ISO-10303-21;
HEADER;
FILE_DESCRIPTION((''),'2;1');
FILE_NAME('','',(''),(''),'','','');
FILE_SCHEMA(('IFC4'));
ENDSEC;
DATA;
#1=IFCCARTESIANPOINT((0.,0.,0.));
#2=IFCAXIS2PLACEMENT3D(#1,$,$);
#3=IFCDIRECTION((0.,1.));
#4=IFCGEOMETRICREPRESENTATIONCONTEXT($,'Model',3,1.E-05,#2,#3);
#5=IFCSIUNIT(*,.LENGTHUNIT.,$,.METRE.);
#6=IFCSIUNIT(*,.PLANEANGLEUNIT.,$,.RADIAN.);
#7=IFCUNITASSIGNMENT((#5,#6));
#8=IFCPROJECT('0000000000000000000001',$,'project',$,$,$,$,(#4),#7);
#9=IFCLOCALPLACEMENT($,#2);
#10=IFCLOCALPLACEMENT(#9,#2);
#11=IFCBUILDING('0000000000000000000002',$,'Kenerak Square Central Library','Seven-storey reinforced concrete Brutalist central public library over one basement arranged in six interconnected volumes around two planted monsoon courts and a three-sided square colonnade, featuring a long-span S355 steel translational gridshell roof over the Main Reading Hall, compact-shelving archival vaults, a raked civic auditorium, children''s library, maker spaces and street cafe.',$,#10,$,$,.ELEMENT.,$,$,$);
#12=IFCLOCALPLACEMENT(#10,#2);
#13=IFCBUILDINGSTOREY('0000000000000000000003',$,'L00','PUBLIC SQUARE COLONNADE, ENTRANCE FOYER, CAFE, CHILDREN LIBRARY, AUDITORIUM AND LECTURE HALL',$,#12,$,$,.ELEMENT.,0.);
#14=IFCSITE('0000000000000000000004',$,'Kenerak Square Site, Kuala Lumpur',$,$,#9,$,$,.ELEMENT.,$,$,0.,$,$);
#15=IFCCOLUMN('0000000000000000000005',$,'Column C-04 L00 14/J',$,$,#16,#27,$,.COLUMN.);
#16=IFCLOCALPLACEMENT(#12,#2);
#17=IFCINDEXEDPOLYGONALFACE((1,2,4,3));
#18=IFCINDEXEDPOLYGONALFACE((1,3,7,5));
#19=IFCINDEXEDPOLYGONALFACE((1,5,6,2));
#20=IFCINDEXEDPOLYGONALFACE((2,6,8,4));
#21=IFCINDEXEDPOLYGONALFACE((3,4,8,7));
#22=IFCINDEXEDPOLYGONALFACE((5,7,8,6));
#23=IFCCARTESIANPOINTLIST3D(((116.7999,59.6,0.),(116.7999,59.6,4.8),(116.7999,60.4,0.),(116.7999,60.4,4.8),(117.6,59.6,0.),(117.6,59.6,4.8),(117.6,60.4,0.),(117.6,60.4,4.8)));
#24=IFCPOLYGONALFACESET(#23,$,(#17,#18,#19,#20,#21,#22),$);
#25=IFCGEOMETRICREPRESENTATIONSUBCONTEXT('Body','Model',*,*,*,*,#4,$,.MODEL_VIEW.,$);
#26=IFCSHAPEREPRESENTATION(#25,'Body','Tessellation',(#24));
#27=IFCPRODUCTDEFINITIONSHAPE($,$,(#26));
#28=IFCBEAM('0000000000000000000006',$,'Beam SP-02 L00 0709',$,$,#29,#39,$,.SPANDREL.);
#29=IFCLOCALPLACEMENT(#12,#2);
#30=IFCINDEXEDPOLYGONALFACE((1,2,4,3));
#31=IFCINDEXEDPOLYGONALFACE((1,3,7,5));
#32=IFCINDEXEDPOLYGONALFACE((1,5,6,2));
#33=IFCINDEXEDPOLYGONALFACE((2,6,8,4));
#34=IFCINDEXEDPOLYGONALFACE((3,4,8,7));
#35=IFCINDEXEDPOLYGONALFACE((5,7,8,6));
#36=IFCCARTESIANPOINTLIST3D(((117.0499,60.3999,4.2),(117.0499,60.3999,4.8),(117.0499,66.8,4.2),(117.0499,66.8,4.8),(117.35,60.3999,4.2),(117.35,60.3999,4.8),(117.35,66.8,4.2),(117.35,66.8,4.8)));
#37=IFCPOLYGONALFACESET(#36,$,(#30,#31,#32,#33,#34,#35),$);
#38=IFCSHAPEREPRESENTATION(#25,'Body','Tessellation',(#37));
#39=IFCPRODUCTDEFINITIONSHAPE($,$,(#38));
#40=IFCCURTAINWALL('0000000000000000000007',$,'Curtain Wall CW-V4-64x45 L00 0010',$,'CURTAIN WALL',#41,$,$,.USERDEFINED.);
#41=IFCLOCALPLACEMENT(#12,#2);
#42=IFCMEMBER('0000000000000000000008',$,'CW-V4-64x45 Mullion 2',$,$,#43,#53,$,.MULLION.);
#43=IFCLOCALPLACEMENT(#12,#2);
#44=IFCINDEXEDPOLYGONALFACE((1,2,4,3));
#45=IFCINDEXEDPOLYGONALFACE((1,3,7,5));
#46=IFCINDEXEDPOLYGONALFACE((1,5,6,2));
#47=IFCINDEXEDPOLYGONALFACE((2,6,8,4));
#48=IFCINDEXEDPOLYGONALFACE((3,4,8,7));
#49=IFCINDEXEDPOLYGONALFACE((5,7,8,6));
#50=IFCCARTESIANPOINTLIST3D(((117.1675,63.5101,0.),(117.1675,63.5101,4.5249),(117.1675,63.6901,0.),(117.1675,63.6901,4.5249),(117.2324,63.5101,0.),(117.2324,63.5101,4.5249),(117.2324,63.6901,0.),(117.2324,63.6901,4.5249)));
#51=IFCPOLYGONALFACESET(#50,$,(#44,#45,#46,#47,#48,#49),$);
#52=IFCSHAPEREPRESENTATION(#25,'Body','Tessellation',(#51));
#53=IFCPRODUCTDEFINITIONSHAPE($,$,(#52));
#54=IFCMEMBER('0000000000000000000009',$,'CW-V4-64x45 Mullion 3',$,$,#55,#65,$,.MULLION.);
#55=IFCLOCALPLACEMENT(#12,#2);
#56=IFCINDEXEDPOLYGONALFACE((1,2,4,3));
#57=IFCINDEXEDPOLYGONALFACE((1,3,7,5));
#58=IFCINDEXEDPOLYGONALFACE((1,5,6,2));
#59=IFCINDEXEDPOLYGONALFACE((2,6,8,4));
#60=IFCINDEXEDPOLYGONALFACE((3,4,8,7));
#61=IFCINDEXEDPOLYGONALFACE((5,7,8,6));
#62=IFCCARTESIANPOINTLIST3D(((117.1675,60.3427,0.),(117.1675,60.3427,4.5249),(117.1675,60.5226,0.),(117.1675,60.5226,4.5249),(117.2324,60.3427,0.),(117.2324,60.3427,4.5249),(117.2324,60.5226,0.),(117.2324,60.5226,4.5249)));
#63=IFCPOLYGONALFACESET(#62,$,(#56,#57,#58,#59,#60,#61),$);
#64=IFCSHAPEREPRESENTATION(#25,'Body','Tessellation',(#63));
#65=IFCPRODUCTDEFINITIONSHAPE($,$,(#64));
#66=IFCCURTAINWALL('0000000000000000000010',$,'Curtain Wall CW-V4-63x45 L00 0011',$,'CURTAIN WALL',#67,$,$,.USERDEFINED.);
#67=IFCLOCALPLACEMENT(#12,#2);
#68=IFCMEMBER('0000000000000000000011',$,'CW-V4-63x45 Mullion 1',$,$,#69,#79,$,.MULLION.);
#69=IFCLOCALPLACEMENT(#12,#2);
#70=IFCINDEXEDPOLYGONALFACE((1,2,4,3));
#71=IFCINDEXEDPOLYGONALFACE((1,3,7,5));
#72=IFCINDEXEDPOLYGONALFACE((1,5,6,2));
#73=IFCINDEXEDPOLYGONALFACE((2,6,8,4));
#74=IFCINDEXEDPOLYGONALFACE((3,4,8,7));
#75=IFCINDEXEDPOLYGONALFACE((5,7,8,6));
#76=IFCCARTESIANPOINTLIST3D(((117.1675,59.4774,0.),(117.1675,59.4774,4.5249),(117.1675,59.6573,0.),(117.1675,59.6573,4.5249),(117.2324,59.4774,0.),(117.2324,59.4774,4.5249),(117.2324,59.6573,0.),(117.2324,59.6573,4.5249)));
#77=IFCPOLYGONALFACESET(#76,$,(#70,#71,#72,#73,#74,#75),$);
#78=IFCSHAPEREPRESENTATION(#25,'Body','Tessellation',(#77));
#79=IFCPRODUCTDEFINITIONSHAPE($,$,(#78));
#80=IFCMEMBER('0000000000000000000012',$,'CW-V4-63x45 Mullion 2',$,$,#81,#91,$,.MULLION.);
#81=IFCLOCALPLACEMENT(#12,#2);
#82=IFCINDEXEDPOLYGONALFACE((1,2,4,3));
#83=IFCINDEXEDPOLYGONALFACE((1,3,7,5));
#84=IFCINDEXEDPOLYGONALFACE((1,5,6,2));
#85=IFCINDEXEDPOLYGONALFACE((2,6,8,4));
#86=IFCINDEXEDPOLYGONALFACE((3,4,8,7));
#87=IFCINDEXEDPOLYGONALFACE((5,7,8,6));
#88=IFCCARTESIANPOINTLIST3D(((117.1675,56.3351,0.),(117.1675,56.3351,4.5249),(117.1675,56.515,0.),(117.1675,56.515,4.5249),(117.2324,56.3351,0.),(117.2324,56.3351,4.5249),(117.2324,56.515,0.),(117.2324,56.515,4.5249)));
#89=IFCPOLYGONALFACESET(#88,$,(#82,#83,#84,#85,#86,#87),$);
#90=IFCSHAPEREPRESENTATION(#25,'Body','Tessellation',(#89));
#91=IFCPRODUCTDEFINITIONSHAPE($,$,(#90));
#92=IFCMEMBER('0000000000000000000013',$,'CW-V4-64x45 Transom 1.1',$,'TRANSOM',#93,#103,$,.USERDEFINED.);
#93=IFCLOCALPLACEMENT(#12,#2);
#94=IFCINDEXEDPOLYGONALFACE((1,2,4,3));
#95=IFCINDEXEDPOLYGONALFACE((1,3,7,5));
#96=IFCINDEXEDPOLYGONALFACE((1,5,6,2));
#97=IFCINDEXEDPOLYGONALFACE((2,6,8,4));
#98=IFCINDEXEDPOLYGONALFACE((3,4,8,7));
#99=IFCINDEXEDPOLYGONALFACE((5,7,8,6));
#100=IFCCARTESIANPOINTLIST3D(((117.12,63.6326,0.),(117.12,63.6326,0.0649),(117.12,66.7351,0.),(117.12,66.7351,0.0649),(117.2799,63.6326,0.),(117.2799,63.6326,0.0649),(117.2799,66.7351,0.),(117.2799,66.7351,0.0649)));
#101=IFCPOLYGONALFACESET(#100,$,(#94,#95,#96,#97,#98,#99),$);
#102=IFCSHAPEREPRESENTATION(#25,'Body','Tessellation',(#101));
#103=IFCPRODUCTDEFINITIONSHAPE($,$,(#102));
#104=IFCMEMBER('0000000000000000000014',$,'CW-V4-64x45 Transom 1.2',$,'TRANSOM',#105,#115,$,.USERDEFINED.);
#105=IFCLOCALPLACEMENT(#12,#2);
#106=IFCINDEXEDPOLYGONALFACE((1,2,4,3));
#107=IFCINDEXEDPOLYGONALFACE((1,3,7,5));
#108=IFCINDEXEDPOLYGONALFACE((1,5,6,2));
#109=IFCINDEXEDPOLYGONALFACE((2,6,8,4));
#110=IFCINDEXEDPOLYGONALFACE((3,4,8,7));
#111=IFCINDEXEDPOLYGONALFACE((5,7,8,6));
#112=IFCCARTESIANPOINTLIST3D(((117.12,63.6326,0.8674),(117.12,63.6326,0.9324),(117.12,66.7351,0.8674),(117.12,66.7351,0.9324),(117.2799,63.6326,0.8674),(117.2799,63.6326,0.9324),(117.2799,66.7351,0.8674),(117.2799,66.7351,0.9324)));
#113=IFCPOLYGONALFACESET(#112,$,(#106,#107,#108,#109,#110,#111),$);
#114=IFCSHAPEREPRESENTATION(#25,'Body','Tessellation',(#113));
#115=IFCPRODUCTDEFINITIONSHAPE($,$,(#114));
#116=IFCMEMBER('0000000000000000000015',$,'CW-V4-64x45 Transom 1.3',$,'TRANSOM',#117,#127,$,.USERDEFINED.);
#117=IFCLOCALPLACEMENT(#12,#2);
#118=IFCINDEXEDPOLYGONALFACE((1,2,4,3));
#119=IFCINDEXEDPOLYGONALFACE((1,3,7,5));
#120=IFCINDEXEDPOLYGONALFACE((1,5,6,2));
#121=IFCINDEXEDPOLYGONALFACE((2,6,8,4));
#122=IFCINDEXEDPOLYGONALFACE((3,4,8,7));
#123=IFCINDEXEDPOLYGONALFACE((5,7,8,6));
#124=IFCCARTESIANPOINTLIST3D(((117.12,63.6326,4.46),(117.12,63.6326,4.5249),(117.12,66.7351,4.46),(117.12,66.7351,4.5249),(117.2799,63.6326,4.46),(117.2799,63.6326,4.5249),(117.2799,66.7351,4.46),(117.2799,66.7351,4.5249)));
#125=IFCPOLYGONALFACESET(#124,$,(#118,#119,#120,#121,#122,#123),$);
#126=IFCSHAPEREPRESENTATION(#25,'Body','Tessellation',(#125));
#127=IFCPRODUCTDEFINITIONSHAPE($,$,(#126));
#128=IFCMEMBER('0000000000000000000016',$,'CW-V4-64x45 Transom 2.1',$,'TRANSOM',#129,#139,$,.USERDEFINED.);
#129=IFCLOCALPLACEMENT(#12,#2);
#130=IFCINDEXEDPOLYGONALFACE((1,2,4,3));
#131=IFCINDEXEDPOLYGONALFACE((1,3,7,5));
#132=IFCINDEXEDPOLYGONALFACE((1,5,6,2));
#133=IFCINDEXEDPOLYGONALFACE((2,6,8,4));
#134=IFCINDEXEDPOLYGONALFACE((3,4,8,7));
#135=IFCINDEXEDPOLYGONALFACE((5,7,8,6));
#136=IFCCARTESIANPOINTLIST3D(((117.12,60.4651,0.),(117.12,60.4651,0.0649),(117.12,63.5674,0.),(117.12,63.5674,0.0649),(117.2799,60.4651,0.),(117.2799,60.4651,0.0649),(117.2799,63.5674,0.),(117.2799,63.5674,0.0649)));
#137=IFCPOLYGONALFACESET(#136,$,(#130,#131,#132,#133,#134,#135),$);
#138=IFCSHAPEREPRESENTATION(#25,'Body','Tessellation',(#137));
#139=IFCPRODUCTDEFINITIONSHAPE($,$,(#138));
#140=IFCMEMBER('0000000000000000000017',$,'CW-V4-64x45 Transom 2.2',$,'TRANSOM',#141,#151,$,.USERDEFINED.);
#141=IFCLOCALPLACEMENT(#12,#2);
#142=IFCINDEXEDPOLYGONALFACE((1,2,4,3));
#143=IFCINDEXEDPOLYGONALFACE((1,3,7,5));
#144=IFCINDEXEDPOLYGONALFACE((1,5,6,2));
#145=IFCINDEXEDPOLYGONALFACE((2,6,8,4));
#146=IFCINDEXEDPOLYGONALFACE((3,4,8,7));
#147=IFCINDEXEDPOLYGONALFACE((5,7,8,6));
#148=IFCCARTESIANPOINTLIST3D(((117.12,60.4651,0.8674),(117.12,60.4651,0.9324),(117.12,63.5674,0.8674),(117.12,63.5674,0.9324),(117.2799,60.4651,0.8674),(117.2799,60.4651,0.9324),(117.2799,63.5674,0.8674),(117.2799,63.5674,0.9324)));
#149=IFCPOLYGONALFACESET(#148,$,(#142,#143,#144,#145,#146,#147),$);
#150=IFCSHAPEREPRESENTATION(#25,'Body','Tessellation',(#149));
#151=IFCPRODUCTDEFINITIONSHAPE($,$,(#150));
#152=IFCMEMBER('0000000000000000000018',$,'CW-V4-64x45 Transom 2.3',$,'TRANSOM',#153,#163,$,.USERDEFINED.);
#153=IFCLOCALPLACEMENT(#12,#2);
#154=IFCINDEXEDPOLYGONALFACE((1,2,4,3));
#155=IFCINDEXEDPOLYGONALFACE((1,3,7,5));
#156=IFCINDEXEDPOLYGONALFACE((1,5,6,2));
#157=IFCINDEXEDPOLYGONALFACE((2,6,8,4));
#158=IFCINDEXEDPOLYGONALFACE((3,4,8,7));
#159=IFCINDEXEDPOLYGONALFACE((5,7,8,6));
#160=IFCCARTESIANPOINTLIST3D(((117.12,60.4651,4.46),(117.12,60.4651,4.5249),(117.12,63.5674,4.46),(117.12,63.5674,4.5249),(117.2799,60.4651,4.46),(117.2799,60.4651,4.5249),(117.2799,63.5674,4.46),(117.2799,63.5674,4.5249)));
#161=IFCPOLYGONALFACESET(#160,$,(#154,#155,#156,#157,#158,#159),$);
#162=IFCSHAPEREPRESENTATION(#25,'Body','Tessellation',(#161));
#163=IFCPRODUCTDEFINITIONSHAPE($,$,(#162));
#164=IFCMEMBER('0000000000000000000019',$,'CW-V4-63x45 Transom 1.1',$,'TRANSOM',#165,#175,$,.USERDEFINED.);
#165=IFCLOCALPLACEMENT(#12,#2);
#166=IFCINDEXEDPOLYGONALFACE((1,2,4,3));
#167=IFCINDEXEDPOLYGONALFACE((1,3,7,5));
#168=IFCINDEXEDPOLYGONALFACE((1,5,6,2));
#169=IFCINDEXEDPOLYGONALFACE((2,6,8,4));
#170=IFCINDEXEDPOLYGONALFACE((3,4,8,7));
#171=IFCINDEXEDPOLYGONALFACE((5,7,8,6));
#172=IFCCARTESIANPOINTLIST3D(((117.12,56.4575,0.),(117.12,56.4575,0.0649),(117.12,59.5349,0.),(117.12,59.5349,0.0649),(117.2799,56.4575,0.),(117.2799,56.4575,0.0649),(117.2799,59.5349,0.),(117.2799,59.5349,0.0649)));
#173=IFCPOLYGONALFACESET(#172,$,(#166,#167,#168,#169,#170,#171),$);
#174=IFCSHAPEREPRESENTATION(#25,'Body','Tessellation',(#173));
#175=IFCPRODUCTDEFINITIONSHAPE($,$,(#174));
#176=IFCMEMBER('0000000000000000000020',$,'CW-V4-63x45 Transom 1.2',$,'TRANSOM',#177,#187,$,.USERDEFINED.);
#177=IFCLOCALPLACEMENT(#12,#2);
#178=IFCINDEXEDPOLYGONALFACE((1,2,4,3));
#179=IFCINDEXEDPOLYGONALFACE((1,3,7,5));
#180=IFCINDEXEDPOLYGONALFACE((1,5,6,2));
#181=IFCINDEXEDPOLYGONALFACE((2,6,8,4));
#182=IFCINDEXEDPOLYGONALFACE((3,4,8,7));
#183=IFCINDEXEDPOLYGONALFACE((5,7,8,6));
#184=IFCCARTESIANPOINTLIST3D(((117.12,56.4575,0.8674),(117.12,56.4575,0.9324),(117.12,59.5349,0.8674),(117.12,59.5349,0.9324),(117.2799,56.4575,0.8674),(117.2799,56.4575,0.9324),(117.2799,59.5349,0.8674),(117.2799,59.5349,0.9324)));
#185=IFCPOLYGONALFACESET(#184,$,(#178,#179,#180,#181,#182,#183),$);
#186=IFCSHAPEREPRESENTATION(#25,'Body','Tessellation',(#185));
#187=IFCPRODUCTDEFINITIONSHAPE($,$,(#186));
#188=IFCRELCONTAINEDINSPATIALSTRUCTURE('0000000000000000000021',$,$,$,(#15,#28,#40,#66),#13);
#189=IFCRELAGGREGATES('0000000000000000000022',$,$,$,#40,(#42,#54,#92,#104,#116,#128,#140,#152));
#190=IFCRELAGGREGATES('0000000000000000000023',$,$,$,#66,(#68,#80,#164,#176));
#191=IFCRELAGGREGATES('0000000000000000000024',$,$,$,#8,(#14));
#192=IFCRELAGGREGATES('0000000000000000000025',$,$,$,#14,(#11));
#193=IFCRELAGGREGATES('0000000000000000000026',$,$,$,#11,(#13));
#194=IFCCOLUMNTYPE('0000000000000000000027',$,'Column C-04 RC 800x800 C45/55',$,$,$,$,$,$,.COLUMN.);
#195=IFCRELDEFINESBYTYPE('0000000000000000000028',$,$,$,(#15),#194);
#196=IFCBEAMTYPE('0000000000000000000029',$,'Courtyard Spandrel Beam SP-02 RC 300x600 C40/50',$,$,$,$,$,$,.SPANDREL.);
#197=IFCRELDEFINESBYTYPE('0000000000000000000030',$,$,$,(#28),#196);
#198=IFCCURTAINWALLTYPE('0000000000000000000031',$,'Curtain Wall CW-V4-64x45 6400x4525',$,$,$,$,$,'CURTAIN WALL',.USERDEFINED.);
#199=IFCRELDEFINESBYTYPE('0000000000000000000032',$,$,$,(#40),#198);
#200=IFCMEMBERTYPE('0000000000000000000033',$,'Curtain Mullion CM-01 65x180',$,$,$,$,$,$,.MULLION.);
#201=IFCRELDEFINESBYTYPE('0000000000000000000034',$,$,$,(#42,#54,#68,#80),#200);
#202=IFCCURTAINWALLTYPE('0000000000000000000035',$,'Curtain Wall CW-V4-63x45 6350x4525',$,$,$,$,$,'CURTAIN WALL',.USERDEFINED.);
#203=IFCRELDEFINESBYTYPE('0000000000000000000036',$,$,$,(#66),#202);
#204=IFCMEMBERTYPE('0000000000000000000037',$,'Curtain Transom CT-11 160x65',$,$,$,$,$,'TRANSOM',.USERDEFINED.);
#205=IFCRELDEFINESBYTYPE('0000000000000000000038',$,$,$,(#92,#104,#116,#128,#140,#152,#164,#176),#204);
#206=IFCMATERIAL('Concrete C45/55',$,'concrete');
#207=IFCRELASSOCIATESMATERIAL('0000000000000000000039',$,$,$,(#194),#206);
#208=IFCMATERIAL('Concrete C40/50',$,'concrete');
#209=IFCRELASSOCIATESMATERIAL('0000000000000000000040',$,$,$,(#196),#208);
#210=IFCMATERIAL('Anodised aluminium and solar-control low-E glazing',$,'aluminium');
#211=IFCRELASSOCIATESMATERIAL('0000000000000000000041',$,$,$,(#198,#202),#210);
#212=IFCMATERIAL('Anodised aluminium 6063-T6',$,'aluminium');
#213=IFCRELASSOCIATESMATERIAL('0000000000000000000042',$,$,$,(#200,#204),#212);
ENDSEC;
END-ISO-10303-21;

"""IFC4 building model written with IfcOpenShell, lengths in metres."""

from ifc_helpers import new_model, si_unit, direction, frame, origin, origin_2d, place, context, subcontext, project, spatial, rectangle, extrude, material, material_profile, profile_set, type_object, element, aggregate, save


model = new_model("IFC4")

# Units and contexts
model_context = context("Model", 3, precision=1e-05, world=origin(), true_north=direction((0.0, 1.0)))
body_context = subcontext(model_context, "Body", "Model", "MODEL_VIEW")
ifc_project = project(units=[si_unit("LENGTHUNIT", "METRE"), si_unit("PLANEANGLEUNIT", "RADIAN")], contexts=[model_context])

# Site, building, storey
site_placement = place(None, origin())
site = spatial("IfcSite", under=ifc_project, at=site_placement, Name="Kenerak Square Site, Kuala Lumpur", CompositionType="ELEMENT", RefElevation=0.0)
building_placement = place(site_placement, origin())
building = spatial("IfcBuilding", under=site, at=building_placement, Name="Kenerak Square Central Library", Description="Seven-storey reinforced concrete Brutalist central public library over one basement arranged in six interconnected volumes around two planted monsoon courts and a three-sided square colonnade, featuring a long-span S355 steel translational gridshell roof over the Main Reading Hall, compact-shelving archival vaults, a raked civic auditorium, children's library, maker spaces and street cafe.", CompositionType="ELEMENT")
storey_placement = place(building_placement, origin())
storey = spatial("IfcBuildingStorey", under=building, at=storey_placement, Name="L00", Description="PUBLIC SQUARE COLONNADE, ENTRANCE FOYER, CAFE, CHILDREN LIBRARY, AUDITORIUM AND LECTURE HALL", CompositionType="ELEMENT", Elevation=0.0)

# Column
ifc_material_1 = material(Name="Concrete C45/55", Category="concrete")
ifc_material_profile_1 = material_profile(ifc_material_1, rectangle(XDim=0.8, YDim=0.8, at=origin_2d()), Name="RC 800x800")
ifc_profile_set_1 = profile_set([ifc_material_profile_1], Name="Concrete C45/55")
column_type = type_object("IfcColumnType", Name="Column C-04 RC 800x800 C45/55", PredefinedType="COLUMN", material=ifc_profile_set_1)
column_placement = place(storey_placement, frame((117.2, 60.0, 0.0), z_axis=(0.0, 0.0, 1.0), x_axis=(1.0, 0.0, 0.0)))
element("IfcColumn", 1, at=column_placement, inside=storey, type_object=column_type, Name="Column C-04 L00 14/J", PredefinedType="COLUMN", context=body_context, shape_type="SweptSolid", body=[
    extrude(rectangle(XDim=0.8, YDim=0.8, at=origin_2d()), origin(), (0.0, 0.0, 1.0), 4.8),
])

# Beam
ifc_material_2 = material(Name="Concrete C40/50", Category="concrete")
ifc_material_profile_2 = material_profile(ifc_material_2, rectangle(XDim=0.3, YDim=0.6001, at=origin_2d()), Name="RC 300x600")
ifc_profile_set_2 = profile_set([ifc_material_profile_2], Name="Concrete C40/50")
beam_type = type_object("IfcBeamType", Name="Courtyard Spandrel Beam SP-02 RC 300x600 C40/50", PredefinedType="SPANDREL", material=ifc_profile_set_2)
beam_placement = place(storey_placement, frame((117.2, 60.3999, 4.5), z_axis=(0.0, 1.0, 0.0), x_axis=(-1.0, 0.0, 0.0)))
element("IfcBeam", 2, at=beam_placement, inside=storey, type_object=beam_type, Name="Beam SP-02 L00 0709", PredefinedType="SPANDREL", context=body_context, shape_type="SweptSolid", body=[
    extrude(rectangle(XDim=0.3, YDim=0.6001, at=origin_2d()), origin(), (0.0, 0.0, 1.0), 6.4001),
])

# Curtain walls, members
ifc_material_3 = material(Name="Anodised aluminium and solar-control low-E glazing", Category="aluminium")
curtain_wall_type_1 = type_object("IfcCurtainWallType", Name="Curtain Wall CW-V4-64x45 6400x4525", ElementType="CURTAIN WALL", PredefinedType="USERDEFINED", material=ifc_material_3)
curtain_wall_1_placement = place(storey_placement, origin())
curtain_wall_1 = element("IfcCurtainWall", 3, at=curtain_wall_1_placement, inside=storey, type_object=curtain_wall_type_1, Name="Curtain Wall CW-V4-64x45 L00 0010", ObjectType="CURTAIN WALL", PredefinedType="USERDEFINED")
ifc_material_4 = material(Name="Anodised aluminium 6063-T6", Category="aluminium")
ifc_material_profile_3 = material_profile(ifc_material_4, rectangle(XDim=0.0649, YDim=0.1799, at=origin_2d()), Name="AL MULLION 65x180")
ifc_profile_set_3 = profile_set([ifc_material_profile_3], Name="Anodised aluminium 6063-T6")
member_type_1 = type_object("IfcMemberType", Name="Curtain Mullion CM-01 65x180", PredefinedType="MULLION", material=ifc_profile_set_3)
member_1_placement = place(storey_placement, frame((117.2, 63.6001, 0.0), z_axis=(0.0, 0.0, 1.0), x_axis=(1.0, 0.0, 0.0)))
member_1 = element("IfcMember", 4, at=member_1_placement, type_object=member_type_1, Name="CW-V4-64x45 Mullion 2", PredefinedType="MULLION", context=body_context, shape_type="SweptSolid", body=[
    extrude(rectangle(XDim=0.0649, YDim=0.1799, at=origin_2d()), origin(), (0.0, 0.0, 1.0), 4.5249),
])
member_2_placement = place(storey_placement, frame((117.2, 60.4326, 0.0), z_axis=(0.0, 0.0, 1.0), x_axis=(1.0, 0.0, 0.0)))
member_2 = element("IfcMember", 5, at=member_2_placement, type_object=member_type_1, Name="CW-V4-64x45 Mullion 3", PredefinedType="MULLION", context=body_context, shape_type="SweptSolid", body=[
    extrude(rectangle(XDim=0.0649, YDim=0.1799, at=origin_2d()), origin(), (0.0, 0.0, 1.0), 4.5249),
])
curtain_wall_type_2 = type_object("IfcCurtainWallType", Name="Curtain Wall CW-V4-63x45 6350x4525", ElementType="CURTAIN WALL", PredefinedType="USERDEFINED", material=ifc_material_3)
curtain_wall_2_placement = place(storey_placement, origin())
curtain_wall_2 = element("IfcCurtainWall", 6, at=curtain_wall_2_placement, inside=storey, type_object=curtain_wall_type_2, Name="Curtain Wall CW-V4-63x45 L00 0011", ObjectType="CURTAIN WALL", PredefinedType="USERDEFINED")
member_3_placement = place(storey_placement, frame((117.2, 59.5674, 0.0), z_axis=(0.0, 0.0, 1.0), x_axis=(1.0, 0.0, 0.0)))
member_3 = element("IfcMember", 7, at=member_3_placement, type_object=member_type_1, Name="CW-V4-63x45 Mullion 1", PredefinedType="MULLION", context=body_context, shape_type="SweptSolid", body=[
    extrude(rectangle(XDim=0.0649, YDim=0.1799, at=origin_2d()), origin(), (0.0, 0.0, 1.0), 4.5249),
])
member_4_placement = place(storey_placement, frame((117.2, 56.425, 0.0), z_axis=(0.0, 0.0, 1.0), x_axis=(1.0, 0.0, 0.0)))
member_4 = element("IfcMember", 8, at=member_4_placement, type_object=member_type_1, Name="CW-V4-63x45 Mullion 2", PredefinedType="MULLION", context=body_context, shape_type="SweptSolid", body=[
    extrude(rectangle(XDim=0.0649, YDim=0.1799, at=origin_2d()), origin(), (0.0, 0.0, 1.0), 4.5249),
])

# Members
ifc_material_profile_4 = material_profile(ifc_material_4, rectangle(XDim=0.1599, YDim=0.0649, at=origin_2d()), Name="AL TRANSOM 160x65")
ifc_profile_set_4 = profile_set([ifc_material_profile_4], Name="Anodised aluminium 6063-T6")
member_type_2 = type_object("IfcMemberType", Name="Curtain Transom CT-11 160x65", ElementType="TRANSOM", PredefinedType="USERDEFINED", material=ifc_profile_set_4)
member_5_placement = place(storey_placement, frame((117.2, 66.7351, 0.0325), z_axis=(0.0, -1.0, 0.0), x_axis=(1.0, 0.0, 0.0)))
member_5 = element("IfcMember", 9, at=member_5_placement, type_object=member_type_2, Name="CW-V4-64x45 Transom 1.1", ObjectType="TRANSOM", PredefinedType="USERDEFINED", context=body_context, shape_type="SweptSolid", body=[
    extrude(rectangle(XDim=0.1599, YDim=0.0649, at=origin_2d()), origin(), (0.0, 0.0, 1.0), 3.1025),
])
member_6_placement = place(storey_placement, frame((117.2, 66.7351, 0.8999), z_axis=(0.0, -1.0, 0.0), x_axis=(1.0, 0.0, 0.0)))
member_6 = element("IfcMember", 10, at=member_6_placement, type_object=member_type_2, Name="CW-V4-64x45 Transom 1.2", ObjectType="TRANSOM", PredefinedType="USERDEFINED", context=body_context, shape_type="SweptSolid", body=[
    extrude(rectangle(XDim=0.1599, YDim=0.0649, at=origin_2d()), origin(), (0.0, 0.0, 1.0), 3.1025),
])
member_7_placement = place(storey_placement, frame((117.2, 66.7351, 4.4924), z_axis=(0.0, -1.0, 0.0), x_axis=(1.0, 0.0, 0.0)))
member_7 = element("IfcMember", 11, at=member_7_placement, type_object=member_type_2, Name="CW-V4-64x45 Transom 1.3", ObjectType="TRANSOM", PredefinedType="USERDEFINED", context=body_context, shape_type="SweptSolid", body=[
    extrude(rectangle(XDim=0.1599, YDim=0.0649, at=origin_2d()), origin(), (0.0, 0.0, 1.0), 3.1025),
])
member_8_placement = place(storey_placement, frame((117.2, 63.5674, 0.0325), z_axis=(0.0, -1.0, 0.0), x_axis=(1.0, 0.0, 0.0)))
member_8 = element("IfcMember", 12, at=member_8_placement, type_object=member_type_2, Name="CW-V4-64x45 Transom 2.1", ObjectType="TRANSOM", PredefinedType="USERDEFINED", context=body_context, shape_type="SweptSolid", body=[
    extrude(rectangle(XDim=0.1599, YDim=0.0649, at=origin_2d()), origin(), (0.0, 0.0, 1.0), 3.1023),
])
member_9_placement = place(storey_placement, frame((117.2, 63.5674, 0.8999), z_axis=(0.0, -1.0, 0.0), x_axis=(1.0, 0.0, 0.0)))
member_9 = element("IfcMember", 13, at=member_9_placement, type_object=member_type_2, Name="CW-V4-64x45 Transom 2.2", ObjectType="TRANSOM", PredefinedType="USERDEFINED", context=body_context, shape_type="SweptSolid", body=[
    extrude(rectangle(XDim=0.1599, YDim=0.0649, at=origin_2d()), origin(), (0.0, 0.0, 1.0), 3.1023),
])
member_10_placement = place(storey_placement, frame((117.2, 63.5674, 4.4924), z_axis=(0.0, -1.0, 0.0), x_axis=(1.0, 0.0, 0.0)))
member_10 = element("IfcMember", 14, at=member_10_placement, type_object=member_type_2, Name="CW-V4-64x45 Transom 2.3", ObjectType="TRANSOM", PredefinedType="USERDEFINED", context=body_context, shape_type="SweptSolid", body=[
    extrude(rectangle(XDim=0.1599, YDim=0.0649, at=origin_2d()), origin(), (0.0, 0.0, 1.0), 3.1023),
])
member_11_placement = place(storey_placement, frame((117.2, 59.5349, 0.0325), z_axis=(0.0, -1.0, 0.0), x_axis=(1.0, 0.0, 0.0)))
member_11 = element("IfcMember", 15, at=member_11_placement, type_object=member_type_2, Name="CW-V4-63x45 Transom 1.1", ObjectType="TRANSOM", PredefinedType="USERDEFINED", context=body_context, shape_type="SweptSolid", body=[
    extrude(rectangle(XDim=0.1599, YDim=0.0649, at=origin_2d()), origin(), (0.0, 0.0, 1.0), 3.0774),
])
member_12_placement = place(storey_placement, frame((117.2, 59.5349, 0.8999), z_axis=(0.0, -1.0, 0.0), x_axis=(1.0, 0.0, 0.0)))
member_12 = element("IfcMember", 16, at=member_12_placement, type_object=member_type_2, Name="CW-V4-63x45 Transom 1.2", ObjectType="TRANSOM", PredefinedType="USERDEFINED", context=body_context, shape_type="SweptSolid", body=[
    extrude(rectangle(XDim=0.1599, YDim=0.0649, at=origin_2d()), origin(), (0.0, 0.0, 1.0), 3.0774),
])

aggregate(curtain_wall_1, [member_1, member_2, member_5, member_6, member_7, member_8, member_9, member_10])
aggregate(curtain_wall_2, [member_3, member_4, member_11, member_12])

save(model, "model.ifc")
